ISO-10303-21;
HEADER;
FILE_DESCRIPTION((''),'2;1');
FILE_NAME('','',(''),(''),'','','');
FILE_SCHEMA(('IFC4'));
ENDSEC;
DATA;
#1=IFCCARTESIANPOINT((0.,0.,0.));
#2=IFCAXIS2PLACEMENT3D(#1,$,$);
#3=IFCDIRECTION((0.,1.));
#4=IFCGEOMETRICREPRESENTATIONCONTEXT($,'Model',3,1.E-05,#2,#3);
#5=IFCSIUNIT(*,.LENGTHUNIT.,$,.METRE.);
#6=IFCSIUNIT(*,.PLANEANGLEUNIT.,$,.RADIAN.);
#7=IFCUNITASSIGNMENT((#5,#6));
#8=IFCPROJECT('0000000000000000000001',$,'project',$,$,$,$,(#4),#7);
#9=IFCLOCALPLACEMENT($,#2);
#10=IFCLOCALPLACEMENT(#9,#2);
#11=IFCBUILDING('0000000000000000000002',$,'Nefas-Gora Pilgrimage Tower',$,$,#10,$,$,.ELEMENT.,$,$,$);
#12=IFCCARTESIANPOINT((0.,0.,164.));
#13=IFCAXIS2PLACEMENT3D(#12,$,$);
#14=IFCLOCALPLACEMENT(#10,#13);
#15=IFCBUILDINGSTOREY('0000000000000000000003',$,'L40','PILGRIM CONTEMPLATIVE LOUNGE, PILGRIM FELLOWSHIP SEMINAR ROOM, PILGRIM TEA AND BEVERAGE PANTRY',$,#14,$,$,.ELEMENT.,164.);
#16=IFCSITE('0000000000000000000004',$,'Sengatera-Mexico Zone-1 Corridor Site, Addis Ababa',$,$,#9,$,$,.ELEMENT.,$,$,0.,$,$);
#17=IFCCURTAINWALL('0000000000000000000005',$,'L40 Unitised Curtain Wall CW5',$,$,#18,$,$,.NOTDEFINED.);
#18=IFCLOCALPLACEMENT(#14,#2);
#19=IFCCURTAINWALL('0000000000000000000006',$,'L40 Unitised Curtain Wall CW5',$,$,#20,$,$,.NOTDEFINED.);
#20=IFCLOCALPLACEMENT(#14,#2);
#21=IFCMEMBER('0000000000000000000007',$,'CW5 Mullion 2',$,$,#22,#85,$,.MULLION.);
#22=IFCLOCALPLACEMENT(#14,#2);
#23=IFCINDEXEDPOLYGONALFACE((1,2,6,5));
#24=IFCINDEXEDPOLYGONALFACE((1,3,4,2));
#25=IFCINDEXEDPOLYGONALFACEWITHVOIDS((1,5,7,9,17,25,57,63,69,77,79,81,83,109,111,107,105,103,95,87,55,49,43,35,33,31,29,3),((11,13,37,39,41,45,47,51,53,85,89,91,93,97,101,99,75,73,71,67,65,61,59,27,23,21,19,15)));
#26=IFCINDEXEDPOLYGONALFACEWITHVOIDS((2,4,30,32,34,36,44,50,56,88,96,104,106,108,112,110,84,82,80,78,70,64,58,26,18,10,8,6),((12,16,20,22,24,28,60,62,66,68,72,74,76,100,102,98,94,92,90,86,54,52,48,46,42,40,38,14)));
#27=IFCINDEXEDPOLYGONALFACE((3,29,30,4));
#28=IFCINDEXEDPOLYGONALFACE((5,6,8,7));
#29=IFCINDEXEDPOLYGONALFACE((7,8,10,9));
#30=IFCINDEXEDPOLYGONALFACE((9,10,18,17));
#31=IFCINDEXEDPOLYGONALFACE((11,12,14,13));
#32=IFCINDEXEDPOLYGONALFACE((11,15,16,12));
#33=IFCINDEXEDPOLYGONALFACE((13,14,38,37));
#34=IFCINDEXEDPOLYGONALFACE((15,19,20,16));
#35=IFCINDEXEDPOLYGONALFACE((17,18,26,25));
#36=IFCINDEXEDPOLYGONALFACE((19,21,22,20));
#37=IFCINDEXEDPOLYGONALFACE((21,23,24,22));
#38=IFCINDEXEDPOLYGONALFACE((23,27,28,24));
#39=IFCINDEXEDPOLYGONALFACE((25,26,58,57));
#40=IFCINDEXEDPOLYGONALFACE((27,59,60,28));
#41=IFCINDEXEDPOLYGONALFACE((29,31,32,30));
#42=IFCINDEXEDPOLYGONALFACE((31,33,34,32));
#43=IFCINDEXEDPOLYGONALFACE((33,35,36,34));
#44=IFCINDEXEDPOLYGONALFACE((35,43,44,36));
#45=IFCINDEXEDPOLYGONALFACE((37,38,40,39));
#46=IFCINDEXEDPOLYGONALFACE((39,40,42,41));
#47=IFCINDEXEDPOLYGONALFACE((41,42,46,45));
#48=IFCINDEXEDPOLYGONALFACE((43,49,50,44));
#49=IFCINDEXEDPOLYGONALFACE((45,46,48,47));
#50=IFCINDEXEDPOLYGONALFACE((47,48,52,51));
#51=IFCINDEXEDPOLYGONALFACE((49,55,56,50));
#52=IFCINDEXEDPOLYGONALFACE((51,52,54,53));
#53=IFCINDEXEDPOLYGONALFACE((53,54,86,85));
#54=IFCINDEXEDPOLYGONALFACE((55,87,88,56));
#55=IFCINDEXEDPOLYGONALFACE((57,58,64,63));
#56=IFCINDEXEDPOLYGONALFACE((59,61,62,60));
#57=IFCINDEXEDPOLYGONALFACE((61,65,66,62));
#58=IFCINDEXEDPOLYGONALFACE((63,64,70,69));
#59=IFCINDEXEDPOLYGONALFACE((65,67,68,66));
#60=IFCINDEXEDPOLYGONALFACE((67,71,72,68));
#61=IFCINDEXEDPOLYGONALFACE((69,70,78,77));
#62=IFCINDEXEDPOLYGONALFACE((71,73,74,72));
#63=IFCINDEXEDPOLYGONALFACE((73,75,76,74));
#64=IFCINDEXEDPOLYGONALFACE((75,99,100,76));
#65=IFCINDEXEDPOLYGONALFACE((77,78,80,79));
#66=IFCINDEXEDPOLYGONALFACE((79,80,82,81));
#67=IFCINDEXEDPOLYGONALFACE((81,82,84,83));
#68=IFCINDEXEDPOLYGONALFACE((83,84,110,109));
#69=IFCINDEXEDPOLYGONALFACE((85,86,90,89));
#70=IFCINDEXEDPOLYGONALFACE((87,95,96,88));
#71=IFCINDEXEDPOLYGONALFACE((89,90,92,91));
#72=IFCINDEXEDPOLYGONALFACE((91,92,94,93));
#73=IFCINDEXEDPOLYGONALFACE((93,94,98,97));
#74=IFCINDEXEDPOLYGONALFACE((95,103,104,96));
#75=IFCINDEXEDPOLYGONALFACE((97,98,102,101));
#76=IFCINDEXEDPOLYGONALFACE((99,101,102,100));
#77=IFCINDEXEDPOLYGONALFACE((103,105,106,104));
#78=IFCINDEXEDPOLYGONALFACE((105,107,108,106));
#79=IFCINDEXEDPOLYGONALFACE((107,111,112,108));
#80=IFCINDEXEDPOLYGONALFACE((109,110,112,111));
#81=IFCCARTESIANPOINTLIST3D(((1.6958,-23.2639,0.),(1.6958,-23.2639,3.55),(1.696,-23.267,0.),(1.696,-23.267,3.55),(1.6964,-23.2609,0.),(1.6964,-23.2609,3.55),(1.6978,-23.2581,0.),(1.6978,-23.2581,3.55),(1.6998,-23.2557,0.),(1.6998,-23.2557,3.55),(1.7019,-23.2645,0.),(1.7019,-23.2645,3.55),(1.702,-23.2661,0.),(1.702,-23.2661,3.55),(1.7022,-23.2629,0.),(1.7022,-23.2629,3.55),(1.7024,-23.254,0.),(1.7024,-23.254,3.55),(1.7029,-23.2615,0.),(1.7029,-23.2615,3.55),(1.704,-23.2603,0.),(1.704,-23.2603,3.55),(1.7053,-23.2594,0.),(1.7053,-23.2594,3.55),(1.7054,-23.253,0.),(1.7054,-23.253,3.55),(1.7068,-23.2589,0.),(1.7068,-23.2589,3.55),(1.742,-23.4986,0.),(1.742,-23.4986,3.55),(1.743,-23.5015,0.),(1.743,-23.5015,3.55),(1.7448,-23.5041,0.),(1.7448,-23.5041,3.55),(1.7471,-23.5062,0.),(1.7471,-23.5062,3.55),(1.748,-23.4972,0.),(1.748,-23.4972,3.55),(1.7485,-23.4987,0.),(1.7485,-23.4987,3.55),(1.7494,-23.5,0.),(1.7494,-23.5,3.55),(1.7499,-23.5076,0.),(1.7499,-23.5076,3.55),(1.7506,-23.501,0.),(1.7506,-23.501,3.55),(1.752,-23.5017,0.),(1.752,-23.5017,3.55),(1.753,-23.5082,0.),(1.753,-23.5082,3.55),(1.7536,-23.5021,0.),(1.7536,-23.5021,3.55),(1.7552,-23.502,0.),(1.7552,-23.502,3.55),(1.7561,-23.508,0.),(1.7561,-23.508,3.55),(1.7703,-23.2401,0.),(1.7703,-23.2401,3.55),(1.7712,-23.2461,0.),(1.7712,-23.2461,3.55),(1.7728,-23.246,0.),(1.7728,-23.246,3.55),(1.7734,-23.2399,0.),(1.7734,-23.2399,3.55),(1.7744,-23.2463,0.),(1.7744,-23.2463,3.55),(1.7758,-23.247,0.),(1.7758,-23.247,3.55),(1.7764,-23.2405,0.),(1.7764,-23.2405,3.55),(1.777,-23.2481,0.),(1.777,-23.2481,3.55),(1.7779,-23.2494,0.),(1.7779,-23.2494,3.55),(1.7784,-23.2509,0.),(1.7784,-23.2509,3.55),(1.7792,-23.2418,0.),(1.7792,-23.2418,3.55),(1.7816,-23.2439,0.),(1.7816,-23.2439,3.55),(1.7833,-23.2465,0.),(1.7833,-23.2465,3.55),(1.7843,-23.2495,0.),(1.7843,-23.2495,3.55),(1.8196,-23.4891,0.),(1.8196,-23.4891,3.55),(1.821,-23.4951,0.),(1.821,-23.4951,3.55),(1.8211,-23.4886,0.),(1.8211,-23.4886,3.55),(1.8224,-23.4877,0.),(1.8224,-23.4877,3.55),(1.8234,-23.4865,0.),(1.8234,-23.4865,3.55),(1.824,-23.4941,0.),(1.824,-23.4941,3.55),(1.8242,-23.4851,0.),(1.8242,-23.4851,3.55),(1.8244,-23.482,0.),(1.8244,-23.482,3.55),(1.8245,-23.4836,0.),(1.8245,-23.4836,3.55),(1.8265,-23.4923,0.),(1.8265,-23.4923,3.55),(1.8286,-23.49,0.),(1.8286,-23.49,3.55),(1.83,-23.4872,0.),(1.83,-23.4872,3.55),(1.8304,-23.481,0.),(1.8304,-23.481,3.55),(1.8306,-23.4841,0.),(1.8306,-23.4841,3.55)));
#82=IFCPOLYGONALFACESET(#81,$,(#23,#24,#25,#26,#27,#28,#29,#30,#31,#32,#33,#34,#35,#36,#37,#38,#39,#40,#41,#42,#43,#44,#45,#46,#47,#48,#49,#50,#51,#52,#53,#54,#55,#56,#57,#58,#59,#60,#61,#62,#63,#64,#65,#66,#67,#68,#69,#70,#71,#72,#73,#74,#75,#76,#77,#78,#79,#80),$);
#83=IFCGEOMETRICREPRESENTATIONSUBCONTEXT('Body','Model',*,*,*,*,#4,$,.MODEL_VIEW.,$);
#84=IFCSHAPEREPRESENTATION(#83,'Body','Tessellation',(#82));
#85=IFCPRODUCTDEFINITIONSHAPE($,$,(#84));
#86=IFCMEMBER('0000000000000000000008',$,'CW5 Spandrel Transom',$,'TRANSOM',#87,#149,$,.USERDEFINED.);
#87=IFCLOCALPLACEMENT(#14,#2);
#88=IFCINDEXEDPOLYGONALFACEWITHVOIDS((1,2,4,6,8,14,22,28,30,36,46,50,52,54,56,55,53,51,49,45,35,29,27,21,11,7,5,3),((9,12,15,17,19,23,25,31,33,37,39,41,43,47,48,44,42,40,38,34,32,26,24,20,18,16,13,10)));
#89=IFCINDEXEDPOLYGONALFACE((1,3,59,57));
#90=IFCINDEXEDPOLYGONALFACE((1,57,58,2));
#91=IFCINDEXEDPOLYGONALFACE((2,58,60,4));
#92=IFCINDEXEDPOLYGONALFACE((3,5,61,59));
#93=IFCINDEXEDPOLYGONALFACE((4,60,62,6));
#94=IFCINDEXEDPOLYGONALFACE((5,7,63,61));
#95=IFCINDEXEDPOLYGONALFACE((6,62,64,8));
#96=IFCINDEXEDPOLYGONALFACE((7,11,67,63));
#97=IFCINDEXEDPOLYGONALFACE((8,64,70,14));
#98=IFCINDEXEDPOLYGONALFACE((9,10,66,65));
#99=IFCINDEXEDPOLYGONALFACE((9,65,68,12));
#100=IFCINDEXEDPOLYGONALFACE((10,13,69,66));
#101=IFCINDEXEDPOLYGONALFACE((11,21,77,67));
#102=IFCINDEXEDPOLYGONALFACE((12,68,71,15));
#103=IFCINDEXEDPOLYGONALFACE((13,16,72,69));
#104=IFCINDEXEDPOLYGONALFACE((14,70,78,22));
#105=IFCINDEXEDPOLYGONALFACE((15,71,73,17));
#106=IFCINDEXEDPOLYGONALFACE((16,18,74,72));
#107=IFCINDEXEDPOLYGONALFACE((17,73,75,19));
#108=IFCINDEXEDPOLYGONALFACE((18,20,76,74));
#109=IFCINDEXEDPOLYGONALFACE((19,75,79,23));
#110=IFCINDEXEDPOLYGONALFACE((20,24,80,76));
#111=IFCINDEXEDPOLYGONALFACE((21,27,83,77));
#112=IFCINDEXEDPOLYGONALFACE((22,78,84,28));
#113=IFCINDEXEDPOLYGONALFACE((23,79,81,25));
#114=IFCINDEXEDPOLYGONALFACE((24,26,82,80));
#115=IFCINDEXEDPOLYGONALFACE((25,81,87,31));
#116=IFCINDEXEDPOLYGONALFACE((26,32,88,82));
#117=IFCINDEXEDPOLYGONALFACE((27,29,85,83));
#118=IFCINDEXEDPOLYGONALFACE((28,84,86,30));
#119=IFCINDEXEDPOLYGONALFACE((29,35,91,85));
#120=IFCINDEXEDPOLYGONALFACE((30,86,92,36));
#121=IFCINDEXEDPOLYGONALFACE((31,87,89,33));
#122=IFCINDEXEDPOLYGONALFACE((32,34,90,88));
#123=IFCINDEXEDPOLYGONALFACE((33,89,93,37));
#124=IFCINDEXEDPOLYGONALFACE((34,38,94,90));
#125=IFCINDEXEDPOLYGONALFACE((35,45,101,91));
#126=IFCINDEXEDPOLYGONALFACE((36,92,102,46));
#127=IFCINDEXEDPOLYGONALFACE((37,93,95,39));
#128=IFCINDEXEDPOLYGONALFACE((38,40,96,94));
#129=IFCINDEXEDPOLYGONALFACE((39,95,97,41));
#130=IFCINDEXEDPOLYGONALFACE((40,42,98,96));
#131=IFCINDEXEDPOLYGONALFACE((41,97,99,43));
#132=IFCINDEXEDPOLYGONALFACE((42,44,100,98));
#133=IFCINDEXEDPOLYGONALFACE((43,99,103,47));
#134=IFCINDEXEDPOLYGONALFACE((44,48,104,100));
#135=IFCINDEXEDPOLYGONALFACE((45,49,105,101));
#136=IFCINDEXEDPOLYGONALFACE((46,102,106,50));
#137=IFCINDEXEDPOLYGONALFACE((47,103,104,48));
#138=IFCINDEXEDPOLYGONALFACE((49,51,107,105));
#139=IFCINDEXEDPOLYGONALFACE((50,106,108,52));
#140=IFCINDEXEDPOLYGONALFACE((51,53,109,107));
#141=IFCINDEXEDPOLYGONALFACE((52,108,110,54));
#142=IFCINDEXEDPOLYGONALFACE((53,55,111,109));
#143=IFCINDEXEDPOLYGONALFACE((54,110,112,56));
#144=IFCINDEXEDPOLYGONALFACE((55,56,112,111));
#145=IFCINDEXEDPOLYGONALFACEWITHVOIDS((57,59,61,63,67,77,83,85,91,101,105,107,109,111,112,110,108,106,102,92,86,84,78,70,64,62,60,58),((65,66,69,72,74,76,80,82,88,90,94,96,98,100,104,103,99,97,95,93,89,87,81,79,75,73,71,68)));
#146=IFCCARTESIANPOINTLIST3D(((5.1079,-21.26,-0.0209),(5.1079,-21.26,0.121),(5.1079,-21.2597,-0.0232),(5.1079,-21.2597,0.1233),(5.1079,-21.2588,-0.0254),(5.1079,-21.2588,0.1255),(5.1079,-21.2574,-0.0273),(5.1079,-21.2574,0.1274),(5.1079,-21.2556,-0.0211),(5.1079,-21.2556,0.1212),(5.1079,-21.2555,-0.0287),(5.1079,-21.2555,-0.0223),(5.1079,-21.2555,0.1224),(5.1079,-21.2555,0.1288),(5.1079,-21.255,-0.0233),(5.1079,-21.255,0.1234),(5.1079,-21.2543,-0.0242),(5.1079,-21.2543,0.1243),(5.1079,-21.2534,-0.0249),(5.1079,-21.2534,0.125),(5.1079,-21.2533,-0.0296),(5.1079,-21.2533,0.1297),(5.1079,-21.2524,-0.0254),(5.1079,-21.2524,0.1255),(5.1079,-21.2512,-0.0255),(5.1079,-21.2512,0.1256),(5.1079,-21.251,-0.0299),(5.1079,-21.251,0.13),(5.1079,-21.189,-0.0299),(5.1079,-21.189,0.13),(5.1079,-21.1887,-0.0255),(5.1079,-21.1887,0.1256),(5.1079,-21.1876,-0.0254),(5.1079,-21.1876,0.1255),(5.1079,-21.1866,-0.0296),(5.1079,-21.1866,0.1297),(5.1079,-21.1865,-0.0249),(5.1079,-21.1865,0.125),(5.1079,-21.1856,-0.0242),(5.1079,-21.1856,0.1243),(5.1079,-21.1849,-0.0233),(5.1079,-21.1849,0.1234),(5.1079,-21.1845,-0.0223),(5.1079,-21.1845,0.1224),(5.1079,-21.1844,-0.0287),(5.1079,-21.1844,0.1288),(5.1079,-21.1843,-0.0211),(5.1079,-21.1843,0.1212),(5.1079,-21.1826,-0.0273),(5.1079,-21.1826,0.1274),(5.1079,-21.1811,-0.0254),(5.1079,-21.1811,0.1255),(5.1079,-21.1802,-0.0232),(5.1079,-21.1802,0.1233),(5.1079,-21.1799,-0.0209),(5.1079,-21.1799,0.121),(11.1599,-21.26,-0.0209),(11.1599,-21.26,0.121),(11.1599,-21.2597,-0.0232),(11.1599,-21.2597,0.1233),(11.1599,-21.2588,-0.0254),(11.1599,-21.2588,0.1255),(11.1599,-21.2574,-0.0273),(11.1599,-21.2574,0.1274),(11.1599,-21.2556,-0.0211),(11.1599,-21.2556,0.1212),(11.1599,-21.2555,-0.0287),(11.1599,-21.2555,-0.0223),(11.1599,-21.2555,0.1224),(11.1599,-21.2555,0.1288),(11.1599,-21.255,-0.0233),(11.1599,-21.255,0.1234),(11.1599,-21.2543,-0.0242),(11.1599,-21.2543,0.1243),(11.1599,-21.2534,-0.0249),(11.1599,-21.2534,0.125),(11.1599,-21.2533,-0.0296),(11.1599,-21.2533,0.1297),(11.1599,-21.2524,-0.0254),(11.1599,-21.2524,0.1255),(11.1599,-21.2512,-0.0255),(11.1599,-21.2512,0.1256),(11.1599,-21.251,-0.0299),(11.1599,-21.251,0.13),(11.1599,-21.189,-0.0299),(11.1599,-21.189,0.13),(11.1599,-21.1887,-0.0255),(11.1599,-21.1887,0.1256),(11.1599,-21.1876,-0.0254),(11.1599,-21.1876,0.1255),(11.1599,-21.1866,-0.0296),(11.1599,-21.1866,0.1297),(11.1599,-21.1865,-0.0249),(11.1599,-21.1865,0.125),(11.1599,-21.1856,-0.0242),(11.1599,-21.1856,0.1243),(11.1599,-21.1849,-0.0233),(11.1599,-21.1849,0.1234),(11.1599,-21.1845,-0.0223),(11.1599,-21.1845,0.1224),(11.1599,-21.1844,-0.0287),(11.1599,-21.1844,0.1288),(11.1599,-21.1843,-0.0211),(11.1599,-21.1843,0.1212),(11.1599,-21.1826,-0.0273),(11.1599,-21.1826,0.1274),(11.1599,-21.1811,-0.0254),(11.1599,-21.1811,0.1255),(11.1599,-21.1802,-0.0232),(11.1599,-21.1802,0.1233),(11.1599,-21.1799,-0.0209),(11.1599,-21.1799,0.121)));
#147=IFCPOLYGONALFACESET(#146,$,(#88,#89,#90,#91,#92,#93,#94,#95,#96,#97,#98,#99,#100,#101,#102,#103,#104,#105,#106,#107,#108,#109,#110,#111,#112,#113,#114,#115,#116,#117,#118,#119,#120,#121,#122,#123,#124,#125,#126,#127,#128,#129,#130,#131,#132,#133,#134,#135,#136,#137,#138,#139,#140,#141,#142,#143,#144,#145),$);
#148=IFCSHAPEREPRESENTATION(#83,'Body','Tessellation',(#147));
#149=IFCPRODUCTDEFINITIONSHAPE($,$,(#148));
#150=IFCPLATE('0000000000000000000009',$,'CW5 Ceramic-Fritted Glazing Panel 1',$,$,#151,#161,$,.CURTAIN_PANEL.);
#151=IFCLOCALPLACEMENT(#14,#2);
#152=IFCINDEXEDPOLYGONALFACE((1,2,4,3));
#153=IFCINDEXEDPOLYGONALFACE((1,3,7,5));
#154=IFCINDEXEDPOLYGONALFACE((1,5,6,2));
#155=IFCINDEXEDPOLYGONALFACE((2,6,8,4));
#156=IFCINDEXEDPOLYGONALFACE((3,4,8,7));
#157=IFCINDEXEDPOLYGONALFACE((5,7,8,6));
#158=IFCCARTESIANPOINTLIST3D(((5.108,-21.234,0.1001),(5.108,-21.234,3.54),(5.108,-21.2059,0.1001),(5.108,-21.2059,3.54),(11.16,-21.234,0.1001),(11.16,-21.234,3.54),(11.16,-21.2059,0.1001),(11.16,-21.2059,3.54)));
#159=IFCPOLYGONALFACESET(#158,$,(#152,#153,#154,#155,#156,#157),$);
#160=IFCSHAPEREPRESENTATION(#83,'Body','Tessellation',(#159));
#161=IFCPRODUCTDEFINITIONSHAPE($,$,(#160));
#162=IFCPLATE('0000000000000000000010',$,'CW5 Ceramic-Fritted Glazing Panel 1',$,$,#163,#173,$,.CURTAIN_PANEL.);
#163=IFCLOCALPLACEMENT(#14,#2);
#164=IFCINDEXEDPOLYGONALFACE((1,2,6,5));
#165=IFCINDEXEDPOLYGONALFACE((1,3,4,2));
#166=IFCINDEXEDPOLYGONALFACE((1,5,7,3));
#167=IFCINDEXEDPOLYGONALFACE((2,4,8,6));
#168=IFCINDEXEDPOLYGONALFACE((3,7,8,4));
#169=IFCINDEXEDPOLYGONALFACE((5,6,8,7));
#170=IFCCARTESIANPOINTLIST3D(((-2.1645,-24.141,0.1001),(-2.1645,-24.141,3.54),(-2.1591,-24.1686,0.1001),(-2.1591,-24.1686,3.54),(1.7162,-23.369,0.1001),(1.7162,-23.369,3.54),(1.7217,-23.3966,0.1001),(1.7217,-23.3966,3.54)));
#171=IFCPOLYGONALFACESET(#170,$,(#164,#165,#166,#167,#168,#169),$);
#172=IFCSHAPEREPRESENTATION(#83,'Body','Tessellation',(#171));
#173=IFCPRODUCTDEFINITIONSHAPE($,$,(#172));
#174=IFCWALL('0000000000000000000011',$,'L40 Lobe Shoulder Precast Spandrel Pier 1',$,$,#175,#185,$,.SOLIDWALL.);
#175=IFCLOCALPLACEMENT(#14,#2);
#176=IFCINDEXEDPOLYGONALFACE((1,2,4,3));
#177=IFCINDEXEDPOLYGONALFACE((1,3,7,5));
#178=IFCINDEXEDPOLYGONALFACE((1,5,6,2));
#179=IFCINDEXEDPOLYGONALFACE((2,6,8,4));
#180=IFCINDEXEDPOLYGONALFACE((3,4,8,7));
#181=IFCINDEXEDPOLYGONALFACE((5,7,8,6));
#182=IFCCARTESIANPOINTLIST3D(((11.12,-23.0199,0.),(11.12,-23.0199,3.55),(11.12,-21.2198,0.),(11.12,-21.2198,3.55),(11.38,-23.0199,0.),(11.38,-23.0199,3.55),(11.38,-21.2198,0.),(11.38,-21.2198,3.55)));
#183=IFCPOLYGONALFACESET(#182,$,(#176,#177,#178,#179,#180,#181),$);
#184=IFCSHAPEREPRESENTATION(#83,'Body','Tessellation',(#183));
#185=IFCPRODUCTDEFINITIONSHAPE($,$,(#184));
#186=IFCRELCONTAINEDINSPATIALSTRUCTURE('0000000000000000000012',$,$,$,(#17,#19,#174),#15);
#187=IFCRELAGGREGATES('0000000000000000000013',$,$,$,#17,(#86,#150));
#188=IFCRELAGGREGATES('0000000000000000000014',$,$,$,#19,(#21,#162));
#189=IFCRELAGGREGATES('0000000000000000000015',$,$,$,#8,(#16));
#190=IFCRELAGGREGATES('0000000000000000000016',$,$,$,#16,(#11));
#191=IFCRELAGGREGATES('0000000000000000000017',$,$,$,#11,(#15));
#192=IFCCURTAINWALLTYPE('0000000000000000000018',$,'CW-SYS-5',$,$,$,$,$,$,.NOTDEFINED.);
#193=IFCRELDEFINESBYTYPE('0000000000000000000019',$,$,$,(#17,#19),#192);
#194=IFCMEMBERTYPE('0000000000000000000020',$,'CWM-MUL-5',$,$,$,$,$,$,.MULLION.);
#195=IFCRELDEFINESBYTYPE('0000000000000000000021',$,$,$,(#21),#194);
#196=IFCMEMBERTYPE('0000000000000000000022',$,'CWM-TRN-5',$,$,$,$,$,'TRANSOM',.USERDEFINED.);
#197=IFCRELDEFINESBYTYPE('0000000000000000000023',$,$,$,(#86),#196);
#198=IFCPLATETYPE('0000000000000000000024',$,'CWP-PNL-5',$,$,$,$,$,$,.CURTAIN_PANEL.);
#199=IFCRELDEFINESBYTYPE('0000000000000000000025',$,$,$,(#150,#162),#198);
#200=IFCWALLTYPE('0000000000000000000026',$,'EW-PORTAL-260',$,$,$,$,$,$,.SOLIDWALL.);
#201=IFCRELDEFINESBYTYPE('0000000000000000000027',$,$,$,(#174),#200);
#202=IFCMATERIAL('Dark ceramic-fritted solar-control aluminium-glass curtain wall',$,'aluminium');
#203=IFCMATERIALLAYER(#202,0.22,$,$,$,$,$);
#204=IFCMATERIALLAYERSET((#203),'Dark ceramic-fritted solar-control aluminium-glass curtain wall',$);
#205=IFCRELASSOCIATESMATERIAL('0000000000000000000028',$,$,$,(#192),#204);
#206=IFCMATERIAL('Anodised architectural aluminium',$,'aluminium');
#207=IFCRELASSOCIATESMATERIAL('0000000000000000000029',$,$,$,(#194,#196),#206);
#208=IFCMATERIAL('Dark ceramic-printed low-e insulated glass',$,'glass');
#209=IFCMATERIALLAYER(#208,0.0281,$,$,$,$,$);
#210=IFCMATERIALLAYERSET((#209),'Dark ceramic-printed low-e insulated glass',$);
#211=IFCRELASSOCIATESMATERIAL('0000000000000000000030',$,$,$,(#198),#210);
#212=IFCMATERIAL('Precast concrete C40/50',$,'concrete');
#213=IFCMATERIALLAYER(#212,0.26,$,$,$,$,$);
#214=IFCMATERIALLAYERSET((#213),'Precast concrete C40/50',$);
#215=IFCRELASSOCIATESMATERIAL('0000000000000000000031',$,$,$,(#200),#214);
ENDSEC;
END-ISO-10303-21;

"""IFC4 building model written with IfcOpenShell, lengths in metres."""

from ifc_helpers import new_model, si_unit, direction, frame, frame_2d, origin, origin_2d, place, context, subcontext, project, spatial, rectangle, hollow_rectangle, extrude, source, transform, mapped, material, layer, layer_set, material_profile, profile_set, type_object, element, aggregate, save


model = new_model("IFC4")

# Units and contexts
model_context = context("Model", 3, precision=1e-05, world=origin(), true_north=direction((0.0, 1.0)))
body_context = subcontext(model_context, "Body", "Model", "MODEL_VIEW")
ifc_project = project(units=[si_unit("LENGTHUNIT", "METRE"), si_unit("PLANEANGLEUNIT", "RADIAN")], contexts=[model_context])

# Site, building, storey
site_placement = place(None, origin())
site = spatial("IfcSite", under=ifc_project, at=site_placement, Name="Sengatera-Mexico Zone-1 Corridor Site, Addis Ababa", CompositionType="ELEMENT", RefElevation=0.0)
building_placement = place(site_placement, origin())
building = spatial("IfcBuilding", under=site, at=building_placement, Name="Nefas-Gora Pilgrimage Tower", CompositionType="ELEMENT")
storey_placement = place(building_placement, frame((0.0, 0.0, 164.0)))
storey = spatial("IfcBuildingStorey", under=building, at=storey_placement, Name="L40", Description="PILGRIM CONTEMPLATIVE LOUNGE, PILGRIM FELLOWSHIP SEMINAR ROOM, PILGRIM TEA AND BEVERAGE PANTRY", CompositionType="ELEMENT", Elevation=164.0)

# Curtain wall
ifc_material_1 = material(Name="Dark ceramic-fritted solar-control aluminium-glass curtain wall", Category="aluminium")
ifc_layer_1 = layer(ifc_material_1, 0.22)
ifc_layer_set_1 = layer_set([ifc_layer_1], Name="Dark ceramic-fritted solar-control aluminium-glass curtain wall")
curtain_wall_type = type_object("IfcCurtainWallType", Name="CW-SYS-5", PredefinedType="NOTDEFINED", material=ifc_layer_set_1)
curtain_wall_1_placement = place(storey_placement, origin())
curtain_wall_1 = element("IfcCurtainWall", 1, at=curtain_wall_1_placement, inside=storey, type_object=curtain_wall_type, Name="L40 Unitised Curtain Wall CW5", PredefinedType="NOTDEFINED")
ifc_material_2 = material(Name="Anodised architectural aluminium", Category="aluminium")
ifc_material_profile_1 = material_profile(ifc_material_2, hollow_rectangle(XDim=0.0901, YDim=0.26, WallThickness=0.0061, InnerFilletRadius=0.0061, OuterFilletRadius=0.012, at=origin_2d()), Name="ALU MULLION 90x260")
ifc_profile_set_1 = profile_set([ifc_material_profile_1], Name="Anodised architectural aluminium")
member_type_1 = type_object("IfcMemberType", Name="CWM-MUL-5", PredefinedType="MULLION", material=ifc_profile_set_1)
shared_shape_1 = source(origin(), body_context, "Body", "SweptSolid", [
    extrude(hollow_rectangle(XDim=0.0901, YDim=0.26, WallThickness=0.0061, InnerFilletRadius=0.0061, OuterFilletRadius=0.012, at=origin_2d()), origin(), (0.0, 0.0, 1.0), 3.55),
])

# Curtain wall, member
curtain_wall_2_placement = place(storey_placement, origin())
curtain_wall_2 = element("IfcCurtainWall", 2, at=curtain_wall_2_placement, inside=storey, type_object=curtain_wall_type, Name="L40 Unitised Curtain Wall CW5", PredefinedType="NOTDEFINED")
member_1_placement = place(storey_placement, frame((1.7632, -23.374, 0.0), z_axis=(0.0, 0.0, 1.0), x_axis=(0.980783, 0.195102, 0.0)))
member_1 = element("IfcMember", 3, at=member_1_placement, type_object=member_type_1, Name="CW5 Mullion 2", PredefinedType="MULLION", context=body_context, shape_type="MappedRepresentation", body=[
    mapped(shared_shape_1, transform((0.0, 0.0, 0.0), x_axis=(1.0, 0.0, 0.0), y_axis=(0.0, 1.0, 0.0), z_axis=(0.0, 0.0, 1.0), scale=1.0)),
])

# Member
ifc_material_profile_2 = material_profile(ifc_material_2, hollow_rectangle(XDim=0.0801, YDim=0.1599, WallThickness=0.0044, InnerFilletRadius=0.0044, OuterFilletRadius=0.009, at=origin_2d()), Name="ALU TRANSOM 80x160")
ifc_profile_set_2 = profile_set([ifc_material_profile_2], Name="Anodised architectural aluminium")
member_type_2 = type_object("IfcMemberType", Name="CWM-TRN-5", ElementType="TRANSOM", PredefinedType="USERDEFINED", material=ifc_profile_set_2)
shared_shape_2 = source(origin(), body_context, "Body", "SweptSolid", [
    extrude(hollow_rectangle(XDim=0.0801, YDim=0.1599, WallThickness=0.0044, InnerFilletRadius=0.0044, OuterFilletRadius=0.009, at=origin_2d()), origin(), (0.0, 0.0, 1.0), 6.052),
])
member_2_placement = place(storey_placement, frame((5.1079, -21.22, 0.05), z_axis=(1.0, 0.0, 0.0), x_axis=(0.0, 1.0, 0.0)))
member_2 = element("IfcMember", 4, at=member_2_placement, type_object=member_type_2, Name="CW5 Spandrel Transom", ObjectType="TRANSOM", PredefinedType="USERDEFINED", context=body_context, shape_type="MappedRepresentation", body=[
    mapped(shared_shape_2, transform((0.0, 0.0, 0.0), x_axis=(1.0, 0.0, 0.0), y_axis=(0.0, 1.0, 0.0), z_axis=(0.0, 0.0, 1.0), scale=1.0)),
])

# Plates
ifc_material_3 = material(Name="Dark ceramic-printed low-e insulated glass", Category="glass")
ifc_layer_2 = layer(ifc_material_3, 0.0281)
ifc_layer_set_2 = layer_set([ifc_layer_2], Name="Dark ceramic-printed low-e insulated glass")
plate_type = type_object("IfcPlateType", Name="CWP-PNL-5", PredefinedType="CURTAIN_PANEL", material=ifc_layer_set_2)
shared_shape_3 = source(origin(), body_context, "Body", "SweptSolid", [
    extrude(rectangle(XDim=6.052, YDim=0.0281, at=origin_2d()), origin(), (0.0, 0.0, 1.0), 3.4399),
])
plate_1_placement = place(storey_placement, frame((8.134, -21.22, 0.1001), z_axis=(0.0, 0.0, 1.0), x_axis=(1.0, 0.0, 0.0)))
plate_1 = element("IfcPlate", 5, at=plate_1_placement, type_object=plate_type, Name="CW5 Ceramic-Fritted Glazing Panel 1", PredefinedType="CURTAIN_PANEL", context=body_context, shape_type="MappedRepresentation", body=[
    mapped(shared_shape_3, transform((0.0, 0.0, 0.0), x_axis=(1.0, 0.0, 0.0), y_axis=(0.0, 1.0, 0.0), z_axis=(0.0, 0.0, 1.0), scale=1.0)),
])
aggregate(curtain_wall_1, [member_2, plate_1])
shared_shape_4 = source(origin(), body_context, "Body", "SweptSolid", [
    extrude(rectangle(XDim=3.9568, YDim=0.0281, at=origin_2d()), origin(), (0.0, 0.0, 1.0), 3.4399),
])
plate_2_placement = place(storey_placement, frame((-0.2214, -23.7688, 0.1001), z_axis=(0.0, 0.0, 1.0), x_axis=(0.980783, 0.195102, 0.0)))
plate_2 = element("IfcPlate", 6, at=plate_2_placement, type_object=plate_type, Name="CW5 Ceramic-Fritted Glazing Panel 1", PredefinedType="CURTAIN_PANEL", context=body_context, shape_type="MappedRepresentation", body=[
    mapped(shared_shape_4, transform((0.0, 0.0, 0.0), x_axis=(1.0, 0.0, 0.0), y_axis=(0.0, 1.0, 0.0), z_axis=(0.0, 0.0, 1.0), scale=1.0)),
])
aggregate(curtain_wall_2, [member_1, plate_2])

# Wall
ifc_material_4 = material(Name="Precast concrete C40/50", Category="concrete")
ifc_layer_3 = layer(ifc_material_4, 0.26)
ifc_layer_set_3 = layer_set([ifc_layer_3], Name="Precast concrete C40/50")
wall_type_1 = type_object("IfcWallType", Name="EW-PORTAL-260", PredefinedType="SOLIDWALL", material=ifc_layer_set_3)
shared_shape_5 = source(origin(), body_context, "Body", "SweptSolid", [
    extrude(rectangle(XDim=1.8, YDim=0.26, at=frame_2d((0.8999, 0.0))), origin(), (0.0, 0.0, 1.0), 3.55),
])
wall_1_placement = place(storey_placement, frame((11.25, -21.22, 0.0), z_axis=(0.0, 0.0, 1.0), x_axis=(0.0, -1.0, 0.0)))
element("IfcWall", 7, at=wall_1_placement, inside=storey, type_object=wall_type_1, Name="L40 Lobe Shoulder Precast Spandrel Pier 1", PredefinedType="SOLIDWALL", context=body_context, shape_type="MappedRepresentation", body=[
    mapped(shared_shape_5, transform((0.0, 0.0, 0.0), x_axis=(1.0, 0.0, 0.0), y_axis=(0.0, 1.0, 0.0), z_axis=(0.0, 0.0, 1.0), scale=1.0)),
])

save(model, "model.ifc")
